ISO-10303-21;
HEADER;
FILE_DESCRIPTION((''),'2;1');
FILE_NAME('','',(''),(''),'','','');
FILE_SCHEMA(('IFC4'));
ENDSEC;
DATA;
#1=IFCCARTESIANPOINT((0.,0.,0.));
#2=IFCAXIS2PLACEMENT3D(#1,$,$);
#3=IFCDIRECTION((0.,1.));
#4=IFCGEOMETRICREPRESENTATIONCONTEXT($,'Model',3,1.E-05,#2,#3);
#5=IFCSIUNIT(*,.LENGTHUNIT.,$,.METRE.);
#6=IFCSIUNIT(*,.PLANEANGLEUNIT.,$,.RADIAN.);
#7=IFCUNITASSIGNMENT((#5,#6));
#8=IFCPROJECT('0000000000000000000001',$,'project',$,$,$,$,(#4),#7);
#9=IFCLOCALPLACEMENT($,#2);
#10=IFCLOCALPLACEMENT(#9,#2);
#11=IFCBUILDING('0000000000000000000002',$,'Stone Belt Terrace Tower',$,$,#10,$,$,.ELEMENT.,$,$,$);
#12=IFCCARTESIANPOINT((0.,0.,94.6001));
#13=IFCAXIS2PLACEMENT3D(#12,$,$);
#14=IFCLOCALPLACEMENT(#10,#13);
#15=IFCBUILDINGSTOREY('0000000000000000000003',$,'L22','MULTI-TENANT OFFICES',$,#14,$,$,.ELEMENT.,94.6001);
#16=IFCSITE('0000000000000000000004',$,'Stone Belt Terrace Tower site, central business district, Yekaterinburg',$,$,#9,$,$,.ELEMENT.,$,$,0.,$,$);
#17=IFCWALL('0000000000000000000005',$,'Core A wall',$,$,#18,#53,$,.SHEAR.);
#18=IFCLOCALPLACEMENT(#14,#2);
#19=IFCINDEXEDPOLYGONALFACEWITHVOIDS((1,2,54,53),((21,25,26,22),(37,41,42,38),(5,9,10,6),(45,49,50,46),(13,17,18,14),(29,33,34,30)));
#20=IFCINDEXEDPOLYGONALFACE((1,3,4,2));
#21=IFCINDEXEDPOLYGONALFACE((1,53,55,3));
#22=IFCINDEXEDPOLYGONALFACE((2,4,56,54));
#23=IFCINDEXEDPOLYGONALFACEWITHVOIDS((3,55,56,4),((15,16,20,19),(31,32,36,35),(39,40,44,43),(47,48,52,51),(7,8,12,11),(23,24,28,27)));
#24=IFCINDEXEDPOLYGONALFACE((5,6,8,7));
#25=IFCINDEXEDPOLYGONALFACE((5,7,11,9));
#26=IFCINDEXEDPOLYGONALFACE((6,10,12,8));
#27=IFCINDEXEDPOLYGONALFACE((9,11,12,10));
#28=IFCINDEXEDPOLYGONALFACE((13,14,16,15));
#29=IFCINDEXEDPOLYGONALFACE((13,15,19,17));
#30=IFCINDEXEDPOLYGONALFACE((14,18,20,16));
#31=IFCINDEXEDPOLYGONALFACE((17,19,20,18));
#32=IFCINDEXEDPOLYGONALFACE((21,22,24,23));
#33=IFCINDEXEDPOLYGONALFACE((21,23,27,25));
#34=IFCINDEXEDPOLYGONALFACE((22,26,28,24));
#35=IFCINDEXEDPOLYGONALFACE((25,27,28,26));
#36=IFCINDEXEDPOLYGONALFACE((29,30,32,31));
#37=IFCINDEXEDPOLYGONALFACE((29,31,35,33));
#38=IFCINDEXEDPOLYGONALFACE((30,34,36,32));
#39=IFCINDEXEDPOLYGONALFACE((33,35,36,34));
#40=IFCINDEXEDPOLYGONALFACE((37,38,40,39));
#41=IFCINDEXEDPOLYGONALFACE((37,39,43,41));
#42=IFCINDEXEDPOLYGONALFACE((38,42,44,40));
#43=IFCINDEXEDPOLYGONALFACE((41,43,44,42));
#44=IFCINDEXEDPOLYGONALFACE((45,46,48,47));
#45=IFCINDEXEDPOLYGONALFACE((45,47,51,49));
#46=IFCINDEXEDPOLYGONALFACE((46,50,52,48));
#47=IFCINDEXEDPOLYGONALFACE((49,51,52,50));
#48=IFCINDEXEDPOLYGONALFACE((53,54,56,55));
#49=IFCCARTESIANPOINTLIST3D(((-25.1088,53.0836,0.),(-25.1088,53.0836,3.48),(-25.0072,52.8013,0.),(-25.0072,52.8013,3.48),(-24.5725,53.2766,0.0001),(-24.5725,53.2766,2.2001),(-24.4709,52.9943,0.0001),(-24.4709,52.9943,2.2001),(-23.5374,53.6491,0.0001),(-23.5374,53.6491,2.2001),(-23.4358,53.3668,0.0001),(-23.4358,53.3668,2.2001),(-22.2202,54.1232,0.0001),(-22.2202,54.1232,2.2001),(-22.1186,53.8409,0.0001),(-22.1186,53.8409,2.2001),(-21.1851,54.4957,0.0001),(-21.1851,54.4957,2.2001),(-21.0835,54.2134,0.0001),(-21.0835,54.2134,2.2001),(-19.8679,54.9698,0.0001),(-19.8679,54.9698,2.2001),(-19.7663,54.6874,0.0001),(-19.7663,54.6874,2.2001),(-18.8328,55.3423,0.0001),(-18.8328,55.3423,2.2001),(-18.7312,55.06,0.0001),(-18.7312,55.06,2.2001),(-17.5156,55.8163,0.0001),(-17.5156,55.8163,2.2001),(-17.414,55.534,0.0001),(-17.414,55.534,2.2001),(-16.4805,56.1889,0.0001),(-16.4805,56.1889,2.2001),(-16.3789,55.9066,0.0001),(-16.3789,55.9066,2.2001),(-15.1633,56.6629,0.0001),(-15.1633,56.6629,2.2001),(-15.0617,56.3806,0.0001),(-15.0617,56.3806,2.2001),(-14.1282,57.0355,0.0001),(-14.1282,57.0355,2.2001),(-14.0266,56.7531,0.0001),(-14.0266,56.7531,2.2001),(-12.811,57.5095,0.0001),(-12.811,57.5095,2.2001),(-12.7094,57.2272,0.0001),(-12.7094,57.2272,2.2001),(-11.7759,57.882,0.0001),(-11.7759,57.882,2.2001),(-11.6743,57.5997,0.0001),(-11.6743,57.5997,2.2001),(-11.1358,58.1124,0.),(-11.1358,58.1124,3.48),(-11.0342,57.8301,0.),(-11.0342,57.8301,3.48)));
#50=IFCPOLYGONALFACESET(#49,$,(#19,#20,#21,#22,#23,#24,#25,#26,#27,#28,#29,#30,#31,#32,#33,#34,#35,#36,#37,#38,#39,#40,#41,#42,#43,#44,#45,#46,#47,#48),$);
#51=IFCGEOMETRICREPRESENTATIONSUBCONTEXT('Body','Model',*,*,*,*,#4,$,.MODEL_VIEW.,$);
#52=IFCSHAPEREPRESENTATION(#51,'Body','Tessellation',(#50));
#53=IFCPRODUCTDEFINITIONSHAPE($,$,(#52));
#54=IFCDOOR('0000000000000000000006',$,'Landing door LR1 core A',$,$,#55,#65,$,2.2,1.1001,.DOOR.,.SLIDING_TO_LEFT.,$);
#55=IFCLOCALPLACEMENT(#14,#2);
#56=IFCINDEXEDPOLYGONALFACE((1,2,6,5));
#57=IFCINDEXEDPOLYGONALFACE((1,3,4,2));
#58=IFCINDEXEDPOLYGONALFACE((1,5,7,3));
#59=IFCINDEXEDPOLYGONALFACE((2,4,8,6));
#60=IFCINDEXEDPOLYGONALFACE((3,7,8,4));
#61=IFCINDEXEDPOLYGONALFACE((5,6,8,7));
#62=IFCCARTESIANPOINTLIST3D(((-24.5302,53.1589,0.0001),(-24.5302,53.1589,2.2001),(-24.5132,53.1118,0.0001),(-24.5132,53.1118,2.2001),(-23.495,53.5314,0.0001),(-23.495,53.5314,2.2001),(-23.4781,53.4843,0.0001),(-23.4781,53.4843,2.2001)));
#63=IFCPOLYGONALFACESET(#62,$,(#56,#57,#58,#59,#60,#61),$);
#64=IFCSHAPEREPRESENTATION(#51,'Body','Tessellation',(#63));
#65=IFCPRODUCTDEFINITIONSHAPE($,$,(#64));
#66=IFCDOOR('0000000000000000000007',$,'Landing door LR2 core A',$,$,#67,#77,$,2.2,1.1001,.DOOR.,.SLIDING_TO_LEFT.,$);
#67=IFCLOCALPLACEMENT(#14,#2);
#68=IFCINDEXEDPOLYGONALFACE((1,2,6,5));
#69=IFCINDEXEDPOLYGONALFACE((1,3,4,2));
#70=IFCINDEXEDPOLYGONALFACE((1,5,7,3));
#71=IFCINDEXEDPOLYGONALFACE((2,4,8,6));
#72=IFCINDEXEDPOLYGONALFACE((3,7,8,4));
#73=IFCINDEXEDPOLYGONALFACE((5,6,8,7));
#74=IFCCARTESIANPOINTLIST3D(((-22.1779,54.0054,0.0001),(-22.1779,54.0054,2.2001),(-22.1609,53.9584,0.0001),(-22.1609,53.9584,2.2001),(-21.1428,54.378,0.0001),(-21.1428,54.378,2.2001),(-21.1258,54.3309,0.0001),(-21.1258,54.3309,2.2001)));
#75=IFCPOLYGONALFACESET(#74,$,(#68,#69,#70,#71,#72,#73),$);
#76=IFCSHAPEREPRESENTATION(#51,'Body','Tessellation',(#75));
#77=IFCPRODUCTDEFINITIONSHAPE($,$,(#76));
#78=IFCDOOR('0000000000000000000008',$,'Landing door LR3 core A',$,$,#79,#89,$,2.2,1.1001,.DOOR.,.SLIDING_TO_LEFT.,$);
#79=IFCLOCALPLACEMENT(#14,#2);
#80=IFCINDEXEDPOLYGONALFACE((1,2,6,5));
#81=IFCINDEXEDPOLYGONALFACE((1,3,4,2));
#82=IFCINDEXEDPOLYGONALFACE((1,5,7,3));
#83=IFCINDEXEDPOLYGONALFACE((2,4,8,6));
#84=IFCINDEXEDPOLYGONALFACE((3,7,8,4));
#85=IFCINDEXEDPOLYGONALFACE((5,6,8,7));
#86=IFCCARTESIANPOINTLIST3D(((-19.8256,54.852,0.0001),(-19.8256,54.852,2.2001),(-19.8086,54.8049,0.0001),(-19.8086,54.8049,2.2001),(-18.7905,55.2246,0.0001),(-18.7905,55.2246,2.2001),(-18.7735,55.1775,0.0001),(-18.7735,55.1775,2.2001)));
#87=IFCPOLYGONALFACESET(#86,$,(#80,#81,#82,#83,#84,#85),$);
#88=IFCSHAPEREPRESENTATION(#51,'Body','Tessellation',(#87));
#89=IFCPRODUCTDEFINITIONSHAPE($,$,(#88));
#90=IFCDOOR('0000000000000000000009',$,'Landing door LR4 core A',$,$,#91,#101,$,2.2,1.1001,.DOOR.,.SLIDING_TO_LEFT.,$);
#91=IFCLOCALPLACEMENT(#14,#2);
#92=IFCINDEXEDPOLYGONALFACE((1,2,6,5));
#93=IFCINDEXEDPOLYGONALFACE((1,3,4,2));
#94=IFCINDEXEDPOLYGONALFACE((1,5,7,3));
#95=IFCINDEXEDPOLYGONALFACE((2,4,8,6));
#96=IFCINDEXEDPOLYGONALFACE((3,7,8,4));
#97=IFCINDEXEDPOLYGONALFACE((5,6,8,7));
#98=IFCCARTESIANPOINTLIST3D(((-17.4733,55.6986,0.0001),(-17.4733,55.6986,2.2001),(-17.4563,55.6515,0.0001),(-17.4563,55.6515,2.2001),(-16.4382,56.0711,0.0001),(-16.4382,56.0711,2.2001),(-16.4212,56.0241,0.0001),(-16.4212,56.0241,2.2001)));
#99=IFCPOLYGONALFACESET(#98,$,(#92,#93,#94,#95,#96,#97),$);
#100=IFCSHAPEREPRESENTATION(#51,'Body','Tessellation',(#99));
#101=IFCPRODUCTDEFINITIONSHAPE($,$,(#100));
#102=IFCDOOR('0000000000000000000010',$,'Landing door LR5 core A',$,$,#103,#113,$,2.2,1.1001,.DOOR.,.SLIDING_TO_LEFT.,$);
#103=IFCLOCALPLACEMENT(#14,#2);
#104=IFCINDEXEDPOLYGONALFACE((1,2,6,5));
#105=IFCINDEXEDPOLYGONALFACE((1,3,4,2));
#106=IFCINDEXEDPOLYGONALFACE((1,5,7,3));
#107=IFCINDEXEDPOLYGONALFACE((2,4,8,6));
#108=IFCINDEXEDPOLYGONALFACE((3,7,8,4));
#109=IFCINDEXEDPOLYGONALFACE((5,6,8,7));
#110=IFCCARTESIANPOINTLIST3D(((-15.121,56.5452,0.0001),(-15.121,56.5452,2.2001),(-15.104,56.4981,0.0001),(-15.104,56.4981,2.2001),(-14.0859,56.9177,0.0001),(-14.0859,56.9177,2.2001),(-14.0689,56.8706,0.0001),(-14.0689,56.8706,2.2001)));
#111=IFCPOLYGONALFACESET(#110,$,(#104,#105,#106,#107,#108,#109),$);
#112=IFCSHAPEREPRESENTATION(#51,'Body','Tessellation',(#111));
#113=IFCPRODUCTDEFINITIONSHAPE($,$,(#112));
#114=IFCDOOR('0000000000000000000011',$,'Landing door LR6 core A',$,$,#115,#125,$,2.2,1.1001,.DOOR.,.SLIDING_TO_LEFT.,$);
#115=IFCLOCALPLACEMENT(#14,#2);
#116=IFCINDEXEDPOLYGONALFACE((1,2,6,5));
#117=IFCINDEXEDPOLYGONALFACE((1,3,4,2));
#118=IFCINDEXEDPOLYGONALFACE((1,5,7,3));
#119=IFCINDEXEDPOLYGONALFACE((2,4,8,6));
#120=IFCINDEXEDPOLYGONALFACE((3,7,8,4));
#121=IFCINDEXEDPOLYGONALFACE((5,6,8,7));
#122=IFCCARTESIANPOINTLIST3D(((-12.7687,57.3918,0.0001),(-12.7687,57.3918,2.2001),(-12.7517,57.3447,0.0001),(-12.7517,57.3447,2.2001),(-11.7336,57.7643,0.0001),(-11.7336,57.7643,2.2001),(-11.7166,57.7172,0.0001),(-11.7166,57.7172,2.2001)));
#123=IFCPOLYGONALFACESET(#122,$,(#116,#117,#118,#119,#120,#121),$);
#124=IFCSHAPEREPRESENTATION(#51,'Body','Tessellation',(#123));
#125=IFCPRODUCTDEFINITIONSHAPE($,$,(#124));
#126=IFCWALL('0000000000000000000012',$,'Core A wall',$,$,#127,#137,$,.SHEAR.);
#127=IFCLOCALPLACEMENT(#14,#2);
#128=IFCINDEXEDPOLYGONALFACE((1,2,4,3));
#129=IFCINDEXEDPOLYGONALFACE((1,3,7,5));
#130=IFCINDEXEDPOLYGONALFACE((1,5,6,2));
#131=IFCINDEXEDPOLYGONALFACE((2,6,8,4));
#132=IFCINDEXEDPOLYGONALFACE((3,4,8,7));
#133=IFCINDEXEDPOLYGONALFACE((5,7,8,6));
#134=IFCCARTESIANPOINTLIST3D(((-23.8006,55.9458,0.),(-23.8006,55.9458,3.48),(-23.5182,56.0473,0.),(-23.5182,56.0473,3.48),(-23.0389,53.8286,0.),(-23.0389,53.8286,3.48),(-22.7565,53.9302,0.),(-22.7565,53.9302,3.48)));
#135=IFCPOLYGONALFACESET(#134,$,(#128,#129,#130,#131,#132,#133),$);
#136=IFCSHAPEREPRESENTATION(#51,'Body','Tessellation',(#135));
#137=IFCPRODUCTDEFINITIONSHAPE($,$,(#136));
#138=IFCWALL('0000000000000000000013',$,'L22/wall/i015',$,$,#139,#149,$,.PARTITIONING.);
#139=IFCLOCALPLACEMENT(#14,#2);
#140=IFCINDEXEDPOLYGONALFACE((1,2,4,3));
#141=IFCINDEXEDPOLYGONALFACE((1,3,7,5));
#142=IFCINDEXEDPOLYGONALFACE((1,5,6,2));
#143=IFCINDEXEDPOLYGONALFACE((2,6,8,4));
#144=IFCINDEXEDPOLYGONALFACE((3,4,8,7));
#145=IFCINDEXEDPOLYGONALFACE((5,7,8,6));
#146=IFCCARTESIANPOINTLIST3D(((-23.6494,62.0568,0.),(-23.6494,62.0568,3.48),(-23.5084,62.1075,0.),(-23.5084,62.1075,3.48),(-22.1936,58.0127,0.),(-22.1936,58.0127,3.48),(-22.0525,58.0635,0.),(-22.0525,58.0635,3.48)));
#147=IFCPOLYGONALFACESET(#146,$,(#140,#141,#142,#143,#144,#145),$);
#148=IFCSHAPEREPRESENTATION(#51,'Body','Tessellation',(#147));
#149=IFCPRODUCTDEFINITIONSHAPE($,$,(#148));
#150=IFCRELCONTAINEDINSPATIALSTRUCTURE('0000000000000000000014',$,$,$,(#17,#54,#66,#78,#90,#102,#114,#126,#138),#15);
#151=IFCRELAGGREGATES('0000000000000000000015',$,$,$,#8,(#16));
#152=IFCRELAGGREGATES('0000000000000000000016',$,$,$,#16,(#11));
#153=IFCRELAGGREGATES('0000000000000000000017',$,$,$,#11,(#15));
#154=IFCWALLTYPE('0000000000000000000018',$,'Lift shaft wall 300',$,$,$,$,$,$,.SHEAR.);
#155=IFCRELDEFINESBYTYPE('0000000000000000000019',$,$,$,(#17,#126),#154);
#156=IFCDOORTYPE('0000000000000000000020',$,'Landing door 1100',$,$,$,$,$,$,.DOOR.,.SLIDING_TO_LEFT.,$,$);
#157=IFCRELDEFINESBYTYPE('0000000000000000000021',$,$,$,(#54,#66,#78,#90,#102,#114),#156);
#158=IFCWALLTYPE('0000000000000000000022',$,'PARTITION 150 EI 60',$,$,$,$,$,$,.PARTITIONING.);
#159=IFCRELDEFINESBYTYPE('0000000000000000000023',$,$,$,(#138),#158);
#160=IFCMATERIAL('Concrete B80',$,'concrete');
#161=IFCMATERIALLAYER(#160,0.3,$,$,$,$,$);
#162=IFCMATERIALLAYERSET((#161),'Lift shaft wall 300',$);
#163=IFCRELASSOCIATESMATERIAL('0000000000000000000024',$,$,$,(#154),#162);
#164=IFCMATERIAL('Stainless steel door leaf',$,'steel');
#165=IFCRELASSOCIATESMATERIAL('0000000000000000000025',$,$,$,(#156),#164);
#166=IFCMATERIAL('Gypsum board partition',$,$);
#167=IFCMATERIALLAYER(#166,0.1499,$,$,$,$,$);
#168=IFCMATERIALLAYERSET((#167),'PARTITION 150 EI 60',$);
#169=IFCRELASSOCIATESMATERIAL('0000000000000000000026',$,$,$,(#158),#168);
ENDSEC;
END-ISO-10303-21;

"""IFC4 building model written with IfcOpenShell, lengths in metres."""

from ifc_helpers import new_model, si_unit, direction, frame, frame_2d, origin, place, context, subcontext, project, spatial, rectangle, extrude, material, layer, layer_set, type_object, element, fill, save


model = new_model("IFC4")

# Units and contexts
model_context = context("Model", 3, precision=1e-05, world=origin(), true_north=direction((0.0, 1.0)))
body_context = subcontext(model_context, "Body", "Model", "MODEL_VIEW")
ifc_project = project(units=[si_unit("LENGTHUNIT", "METRE"), si_unit("PLANEANGLEUNIT", "RADIAN")], contexts=[model_context])

# Site, building, storey
site_placement = place(None, origin())
site = spatial("IfcSite", under=ifc_project, at=site_placement, Name="Stone Belt Terrace Tower site, central business district, Yekaterinburg", CompositionType="ELEMENT", RefElevation=0.0)
building_placement = place(site_placement, origin())
building = spatial("IfcBuilding", under=site, at=building_placement, Name="Stone Belt Terrace Tower", CompositionType="ELEMENT")
storey_placement = place(building_placement, frame((0.0, 0.0, 94.6001)))
storey = spatial("IfcBuildingStorey", under=building, at=storey_placement, Name="L22", Description="MULTI-TENANT OFFICES", CompositionType="ELEMENT", Elevation=94.6001)

# Shared definitions
ifc_material_1 = material(Name="Concrete B80", Category="concrete")

# Shared definitions
ifc_layer_1 = layer(ifc_material_1, 0.3)
ifc_layer_set_1 = layer_set([ifc_layer_1], Name="Lift shaft wall 300")
wall_type_1 = type_object("IfcWallType", Name="Lift shaft wall 300", PredefinedType="SHEAR", material=ifc_layer_set_1)

# Wall, openings, doors
wall_1_placement = place(storey_placement, frame((-25.0581, 52.9424, 0.0), z_axis=(0.0, 0.0, 1.0), x_axis=(0.940918, 0.338634, 0.0)))
wall_1 = element("IfcWall", 1, at=wall_1_placement, inside=storey, type_object=wall_type_1, Name="Core A wall", PredefinedType="SHEAR", context=body_context, shape_type="SweptSolid", body=[
    extrude(rectangle(XDim=14.8503, YDim=0.3, at=frame_2d((7.4253, 0.0))), origin(), (0.0, 0.0, 1.0), 3.48),
])
opening_1_placement = place(wall_1_placement, frame((0.5701, 0.0, 0.0)))
opening_1 = element("IfcOpeningElement", 2, at=opening_1_placement, cuts=wall_1, PredefinedType="OPENING", context=body_context, shape_type="SweptSolid", body=[
    extrude(rectangle(XDim=1.1001, YDim=2.2, at=frame_2d((0.55, 1.1001))), frame((0.0, 0.1599, 0.0), z_axis=(0.0, -1.0, 0.0), x_axis=(1.0, 0.0, 0.0)), (0.0, 0.0, 1.0), 0.3201),
])
opening_2_placement = place(wall_1_placement, frame((3.0701, 0.0, 0.0)))
opening_2 = element("IfcOpeningElement", 3, at=opening_2_placement, cuts=wall_1, PredefinedType="OPENING", context=body_context, shape_type="SweptSolid", body=[
    extrude(rectangle(XDim=1.1001, YDim=2.2, at=frame_2d((0.55, 1.1001))), frame((0.0, 0.1599, 0.0), z_axis=(0.0, -1.0, 0.0), x_axis=(1.0, 0.0, 0.0)), (0.0, 0.0, 1.0), 0.3201),
])
opening_3_placement = place(wall_1_placement, frame((5.5701, 0.0, 0.0)))
opening_3 = element("IfcOpeningElement", 4, at=opening_3_placement, cuts=wall_1, PredefinedType="OPENING", context=body_context, shape_type="SweptSolid", body=[
    extrude(rectangle(XDim=1.1001, YDim=2.2, at=frame_2d((0.55, 1.1001))), frame((0.0, 0.1599, 0.0), z_axis=(0.0, -1.0, 0.0), x_axis=(1.0, 0.0, 0.0)), (0.0, 0.0, 1.0), 0.3201),
])
opening_4_placement = place(wall_1_placement, frame((8.0701, 0.0, 0.0)))
opening_4 = element("IfcOpeningElement", 5, at=opening_4_placement, cuts=wall_1, PredefinedType="OPENING", context=body_context, shape_type="SweptSolid", body=[
    extrude(rectangle(XDim=1.1001, YDim=2.2, at=frame_2d((0.55, 1.1001))), frame((0.0, 0.1599, 0.0), z_axis=(0.0, -1.0, 0.0), x_axis=(1.0, 0.0, 0.0)), (0.0, 0.0, 1.0), 0.3201),
])
opening_5_placement = place(wall_1_placement, frame((10.5701, 0.0, 0.0)))
opening_5 = element("IfcOpeningElement", 6, at=opening_5_placement, cuts=wall_1, PredefinedType="OPENING", context=body_context, shape_type="SweptSolid", body=[
    extrude(rectangle(XDim=1.1001, YDim=2.2, at=frame_2d((0.55, 1.1001))), frame((0.0, 0.1599, 0.0), z_axis=(0.0, -1.0, 0.0), x_axis=(1.0, 0.0, 0.0)), (0.0, 0.0, 1.0), 0.3201),
])
opening_6_placement = place(wall_1_placement, frame((13.0701, 0.0, 0.0)))
opening_6 = element("IfcOpeningElement", 7, at=opening_6_placement, cuts=wall_1, PredefinedType="OPENING", context=body_context, shape_type="SweptSolid", body=[
    extrude(rectangle(XDim=1.1001, YDim=2.2, at=frame_2d((0.55, 1.1001))), frame((0.0, 0.1599, 0.0), z_axis=(0.0, -1.0, 0.0), x_axis=(1.0, 0.0, 0.0)), (0.0, 0.0, 1.0), 0.3201),
])
ifc_material_2 = material(Name="Stainless steel door leaf", Category="steel")
door_type = type_object("IfcDoorType", Name="Landing door 1100", OperationType="SLIDING_TO_LEFT", PredefinedType="DOOR", material=ifc_material_2)
door_1_placement = place(opening_1_placement, origin())
door_1 = element("IfcDoor", 8, at=door_1_placement, inside=storey, type_object=door_type, Name="Landing door LR1 core A", OperationType="SLIDING_TO_LEFT", OverallHeight=2.2, OverallWidth=1.1001, PredefinedType="DOOR", context=body_context, shape_type="SweptSolid", body=[
    extrude(rectangle(XDim=1.1001, YDim=2.2, at=frame_2d((0.55, 1.1001))), frame((0.0, 0.0249, 0.0), z_axis=(0.0, -1.0, 0.0), x_axis=(1.0, 0.0, 0.0)), (0.0, 0.0, 1.0), 0.05),
])
fill(opening_1, door_1)
door_2_placement = place(opening_2_placement, origin())
door_2 = element("IfcDoor", 9, at=door_2_placement, inside=storey, type_object=door_type, Name="Landing door LR2 core A", OperationType="SLIDING_TO_LEFT", OverallHeight=2.2, OverallWidth=1.1001, PredefinedType="DOOR", context=body_context, shape_type="SweptSolid", body=[
    extrude(rectangle(XDim=1.1001, YDim=2.2, at=frame_2d((0.55, 1.1001))), frame((0.0, 0.0249, 0.0), z_axis=(0.0, -1.0, 0.0), x_axis=(1.0, 0.0, 0.0)), (0.0, 0.0, 1.0), 0.05),
])
fill(opening_2, door_2)
door_3_placement = place(opening_3_placement, origin())
door_3 = element("IfcDoor", 10, at=door_3_placement, inside=storey, type_object=door_type, Name="Landing door LR3 core A", OperationType="SLIDING_TO_LEFT", OverallHeight=2.2, OverallWidth=1.1001, PredefinedType="DOOR", context=body_context, shape_type="SweptSolid", body=[
    extrude(rectangle(XDim=1.1001, YDim=2.2, at=frame_2d((0.55, 1.1001))), frame((0.0, 0.0249, 0.0), z_axis=(0.0, -1.0, 0.0), x_axis=(1.0, 0.0, 0.0)), (0.0, 0.0, 1.0), 0.05),
])
fill(opening_3, door_3)
door_4_placement = place(opening_4_placement, origin())
door_4 = element("IfcDoor", 11, at=door_4_placement, inside=storey, type_object=door_type, Name="Landing door LR4 core A", OperationType="SLIDING_TO_LEFT", OverallHeight=2.2, OverallWidth=1.1001, PredefinedType="DOOR", context=body_context, shape_type="SweptSolid", body=[
    extrude(rectangle(XDim=1.1001, YDim=2.2, at=frame_2d((0.55, 1.1001))), frame((0.0, 0.0249, 0.0), z_axis=(0.0, -1.0, 0.0), x_axis=(1.0, 0.0, 0.0)), (0.0, 0.0, 1.0), 0.05),
])
fill(opening_4, door_4)
door_5_placement = place(opening_5_placement, origin())
door_5 = element("IfcDoor", 12, at=door_5_placement, inside=storey, type_object=door_type, Name="Landing door LR5 core A", OperationType="SLIDING_TO_LEFT", OverallHeight=2.2, OverallWidth=1.1001, PredefinedType="DOOR", context=body_context, shape_type="SweptSolid", body=[
    extrude(rectangle(XDim=1.1001, YDim=2.2, at=frame_2d((0.55, 1.1001))), frame((0.0, 0.0249, 0.0), z_axis=(0.0, -1.0, 0.0), x_axis=(1.0, 0.0, 0.0)), (0.0, 0.0, 1.0), 0.05),
])
fill(opening_5, door_5)
door_6_placement = place(opening_6_placement, origin())
door_6 = element("IfcDoor", 13, at=door_6_placement, inside=storey, type_object=door_type, Name="Landing door LR6 core A", OperationType="SLIDING_TO_LEFT", OverallHeight=2.2, OverallWidth=1.1001, PredefinedType="DOOR", context=body_context, shape_type="SweptSolid", body=[
    extrude(rectangle(XDim=1.1001, YDim=2.2, at=frame_2d((0.55, 1.1001))), frame((0.0, 0.0249, 0.0), z_axis=(0.0, -1.0, 0.0), x_axis=(1.0, 0.0, 0.0)), (0.0, 0.0, 1.0), 0.05),
])
fill(opening_6, door_6)

# Walls
wall_2_placement = place(storey_placement, frame((-22.8977, 53.8794, 0.0), z_axis=(0.0, 0.0, 1.0), x_axis=(-0.338535, 0.940954, 0.0)))
element("IfcWall", 14, at=wall_2_placement, inside=storey, type_object=wall_type_1, Name="Core A wall", PredefinedType="SHEAR", context=body_context, shape_type="SweptSolid", body=[
    extrude(rectangle(XDim=2.25, YDim=0.3, at=frame_2d((1.125, 0.0))), origin(), (0.0, 0.0, 1.0), 3.48),
])
ifc_material_3 = material(Name="Gypsum board partition")
ifc_layer_2 = layer(ifc_material_3, 0.1499)
ifc_layer_set_2 = layer_set([ifc_layer_2], Name="PARTITION 150 EI 60")
wall_type_2 = type_object("IfcWallType", Name="PARTITION 150 EI 60", PredefinedType="PARTITIONING", material=ifc_layer_set_2)
wall_3_placement = place(storey_placement, frame((-23.5789, 62.082, 0.0), z_axis=(0.0, 0.0, 1.0), x_axis=(0.338717, -0.940888, 0.0)))
element("IfcWall", 15, at=wall_3_placement, inside=storey, type_object=wall_type_2, Name="L22/wall/i015", PredefinedType="PARTITIONING", context=body_context, shape_type="SweptSolid", body=[
    extrude(rectangle(XDim=4.2981, YDim=0.1499, at=frame_2d((2.1489, 0.0))), origin(), (0.0, 0.0, 1.0), 3.48),
])

save(model, "model.ifc")
